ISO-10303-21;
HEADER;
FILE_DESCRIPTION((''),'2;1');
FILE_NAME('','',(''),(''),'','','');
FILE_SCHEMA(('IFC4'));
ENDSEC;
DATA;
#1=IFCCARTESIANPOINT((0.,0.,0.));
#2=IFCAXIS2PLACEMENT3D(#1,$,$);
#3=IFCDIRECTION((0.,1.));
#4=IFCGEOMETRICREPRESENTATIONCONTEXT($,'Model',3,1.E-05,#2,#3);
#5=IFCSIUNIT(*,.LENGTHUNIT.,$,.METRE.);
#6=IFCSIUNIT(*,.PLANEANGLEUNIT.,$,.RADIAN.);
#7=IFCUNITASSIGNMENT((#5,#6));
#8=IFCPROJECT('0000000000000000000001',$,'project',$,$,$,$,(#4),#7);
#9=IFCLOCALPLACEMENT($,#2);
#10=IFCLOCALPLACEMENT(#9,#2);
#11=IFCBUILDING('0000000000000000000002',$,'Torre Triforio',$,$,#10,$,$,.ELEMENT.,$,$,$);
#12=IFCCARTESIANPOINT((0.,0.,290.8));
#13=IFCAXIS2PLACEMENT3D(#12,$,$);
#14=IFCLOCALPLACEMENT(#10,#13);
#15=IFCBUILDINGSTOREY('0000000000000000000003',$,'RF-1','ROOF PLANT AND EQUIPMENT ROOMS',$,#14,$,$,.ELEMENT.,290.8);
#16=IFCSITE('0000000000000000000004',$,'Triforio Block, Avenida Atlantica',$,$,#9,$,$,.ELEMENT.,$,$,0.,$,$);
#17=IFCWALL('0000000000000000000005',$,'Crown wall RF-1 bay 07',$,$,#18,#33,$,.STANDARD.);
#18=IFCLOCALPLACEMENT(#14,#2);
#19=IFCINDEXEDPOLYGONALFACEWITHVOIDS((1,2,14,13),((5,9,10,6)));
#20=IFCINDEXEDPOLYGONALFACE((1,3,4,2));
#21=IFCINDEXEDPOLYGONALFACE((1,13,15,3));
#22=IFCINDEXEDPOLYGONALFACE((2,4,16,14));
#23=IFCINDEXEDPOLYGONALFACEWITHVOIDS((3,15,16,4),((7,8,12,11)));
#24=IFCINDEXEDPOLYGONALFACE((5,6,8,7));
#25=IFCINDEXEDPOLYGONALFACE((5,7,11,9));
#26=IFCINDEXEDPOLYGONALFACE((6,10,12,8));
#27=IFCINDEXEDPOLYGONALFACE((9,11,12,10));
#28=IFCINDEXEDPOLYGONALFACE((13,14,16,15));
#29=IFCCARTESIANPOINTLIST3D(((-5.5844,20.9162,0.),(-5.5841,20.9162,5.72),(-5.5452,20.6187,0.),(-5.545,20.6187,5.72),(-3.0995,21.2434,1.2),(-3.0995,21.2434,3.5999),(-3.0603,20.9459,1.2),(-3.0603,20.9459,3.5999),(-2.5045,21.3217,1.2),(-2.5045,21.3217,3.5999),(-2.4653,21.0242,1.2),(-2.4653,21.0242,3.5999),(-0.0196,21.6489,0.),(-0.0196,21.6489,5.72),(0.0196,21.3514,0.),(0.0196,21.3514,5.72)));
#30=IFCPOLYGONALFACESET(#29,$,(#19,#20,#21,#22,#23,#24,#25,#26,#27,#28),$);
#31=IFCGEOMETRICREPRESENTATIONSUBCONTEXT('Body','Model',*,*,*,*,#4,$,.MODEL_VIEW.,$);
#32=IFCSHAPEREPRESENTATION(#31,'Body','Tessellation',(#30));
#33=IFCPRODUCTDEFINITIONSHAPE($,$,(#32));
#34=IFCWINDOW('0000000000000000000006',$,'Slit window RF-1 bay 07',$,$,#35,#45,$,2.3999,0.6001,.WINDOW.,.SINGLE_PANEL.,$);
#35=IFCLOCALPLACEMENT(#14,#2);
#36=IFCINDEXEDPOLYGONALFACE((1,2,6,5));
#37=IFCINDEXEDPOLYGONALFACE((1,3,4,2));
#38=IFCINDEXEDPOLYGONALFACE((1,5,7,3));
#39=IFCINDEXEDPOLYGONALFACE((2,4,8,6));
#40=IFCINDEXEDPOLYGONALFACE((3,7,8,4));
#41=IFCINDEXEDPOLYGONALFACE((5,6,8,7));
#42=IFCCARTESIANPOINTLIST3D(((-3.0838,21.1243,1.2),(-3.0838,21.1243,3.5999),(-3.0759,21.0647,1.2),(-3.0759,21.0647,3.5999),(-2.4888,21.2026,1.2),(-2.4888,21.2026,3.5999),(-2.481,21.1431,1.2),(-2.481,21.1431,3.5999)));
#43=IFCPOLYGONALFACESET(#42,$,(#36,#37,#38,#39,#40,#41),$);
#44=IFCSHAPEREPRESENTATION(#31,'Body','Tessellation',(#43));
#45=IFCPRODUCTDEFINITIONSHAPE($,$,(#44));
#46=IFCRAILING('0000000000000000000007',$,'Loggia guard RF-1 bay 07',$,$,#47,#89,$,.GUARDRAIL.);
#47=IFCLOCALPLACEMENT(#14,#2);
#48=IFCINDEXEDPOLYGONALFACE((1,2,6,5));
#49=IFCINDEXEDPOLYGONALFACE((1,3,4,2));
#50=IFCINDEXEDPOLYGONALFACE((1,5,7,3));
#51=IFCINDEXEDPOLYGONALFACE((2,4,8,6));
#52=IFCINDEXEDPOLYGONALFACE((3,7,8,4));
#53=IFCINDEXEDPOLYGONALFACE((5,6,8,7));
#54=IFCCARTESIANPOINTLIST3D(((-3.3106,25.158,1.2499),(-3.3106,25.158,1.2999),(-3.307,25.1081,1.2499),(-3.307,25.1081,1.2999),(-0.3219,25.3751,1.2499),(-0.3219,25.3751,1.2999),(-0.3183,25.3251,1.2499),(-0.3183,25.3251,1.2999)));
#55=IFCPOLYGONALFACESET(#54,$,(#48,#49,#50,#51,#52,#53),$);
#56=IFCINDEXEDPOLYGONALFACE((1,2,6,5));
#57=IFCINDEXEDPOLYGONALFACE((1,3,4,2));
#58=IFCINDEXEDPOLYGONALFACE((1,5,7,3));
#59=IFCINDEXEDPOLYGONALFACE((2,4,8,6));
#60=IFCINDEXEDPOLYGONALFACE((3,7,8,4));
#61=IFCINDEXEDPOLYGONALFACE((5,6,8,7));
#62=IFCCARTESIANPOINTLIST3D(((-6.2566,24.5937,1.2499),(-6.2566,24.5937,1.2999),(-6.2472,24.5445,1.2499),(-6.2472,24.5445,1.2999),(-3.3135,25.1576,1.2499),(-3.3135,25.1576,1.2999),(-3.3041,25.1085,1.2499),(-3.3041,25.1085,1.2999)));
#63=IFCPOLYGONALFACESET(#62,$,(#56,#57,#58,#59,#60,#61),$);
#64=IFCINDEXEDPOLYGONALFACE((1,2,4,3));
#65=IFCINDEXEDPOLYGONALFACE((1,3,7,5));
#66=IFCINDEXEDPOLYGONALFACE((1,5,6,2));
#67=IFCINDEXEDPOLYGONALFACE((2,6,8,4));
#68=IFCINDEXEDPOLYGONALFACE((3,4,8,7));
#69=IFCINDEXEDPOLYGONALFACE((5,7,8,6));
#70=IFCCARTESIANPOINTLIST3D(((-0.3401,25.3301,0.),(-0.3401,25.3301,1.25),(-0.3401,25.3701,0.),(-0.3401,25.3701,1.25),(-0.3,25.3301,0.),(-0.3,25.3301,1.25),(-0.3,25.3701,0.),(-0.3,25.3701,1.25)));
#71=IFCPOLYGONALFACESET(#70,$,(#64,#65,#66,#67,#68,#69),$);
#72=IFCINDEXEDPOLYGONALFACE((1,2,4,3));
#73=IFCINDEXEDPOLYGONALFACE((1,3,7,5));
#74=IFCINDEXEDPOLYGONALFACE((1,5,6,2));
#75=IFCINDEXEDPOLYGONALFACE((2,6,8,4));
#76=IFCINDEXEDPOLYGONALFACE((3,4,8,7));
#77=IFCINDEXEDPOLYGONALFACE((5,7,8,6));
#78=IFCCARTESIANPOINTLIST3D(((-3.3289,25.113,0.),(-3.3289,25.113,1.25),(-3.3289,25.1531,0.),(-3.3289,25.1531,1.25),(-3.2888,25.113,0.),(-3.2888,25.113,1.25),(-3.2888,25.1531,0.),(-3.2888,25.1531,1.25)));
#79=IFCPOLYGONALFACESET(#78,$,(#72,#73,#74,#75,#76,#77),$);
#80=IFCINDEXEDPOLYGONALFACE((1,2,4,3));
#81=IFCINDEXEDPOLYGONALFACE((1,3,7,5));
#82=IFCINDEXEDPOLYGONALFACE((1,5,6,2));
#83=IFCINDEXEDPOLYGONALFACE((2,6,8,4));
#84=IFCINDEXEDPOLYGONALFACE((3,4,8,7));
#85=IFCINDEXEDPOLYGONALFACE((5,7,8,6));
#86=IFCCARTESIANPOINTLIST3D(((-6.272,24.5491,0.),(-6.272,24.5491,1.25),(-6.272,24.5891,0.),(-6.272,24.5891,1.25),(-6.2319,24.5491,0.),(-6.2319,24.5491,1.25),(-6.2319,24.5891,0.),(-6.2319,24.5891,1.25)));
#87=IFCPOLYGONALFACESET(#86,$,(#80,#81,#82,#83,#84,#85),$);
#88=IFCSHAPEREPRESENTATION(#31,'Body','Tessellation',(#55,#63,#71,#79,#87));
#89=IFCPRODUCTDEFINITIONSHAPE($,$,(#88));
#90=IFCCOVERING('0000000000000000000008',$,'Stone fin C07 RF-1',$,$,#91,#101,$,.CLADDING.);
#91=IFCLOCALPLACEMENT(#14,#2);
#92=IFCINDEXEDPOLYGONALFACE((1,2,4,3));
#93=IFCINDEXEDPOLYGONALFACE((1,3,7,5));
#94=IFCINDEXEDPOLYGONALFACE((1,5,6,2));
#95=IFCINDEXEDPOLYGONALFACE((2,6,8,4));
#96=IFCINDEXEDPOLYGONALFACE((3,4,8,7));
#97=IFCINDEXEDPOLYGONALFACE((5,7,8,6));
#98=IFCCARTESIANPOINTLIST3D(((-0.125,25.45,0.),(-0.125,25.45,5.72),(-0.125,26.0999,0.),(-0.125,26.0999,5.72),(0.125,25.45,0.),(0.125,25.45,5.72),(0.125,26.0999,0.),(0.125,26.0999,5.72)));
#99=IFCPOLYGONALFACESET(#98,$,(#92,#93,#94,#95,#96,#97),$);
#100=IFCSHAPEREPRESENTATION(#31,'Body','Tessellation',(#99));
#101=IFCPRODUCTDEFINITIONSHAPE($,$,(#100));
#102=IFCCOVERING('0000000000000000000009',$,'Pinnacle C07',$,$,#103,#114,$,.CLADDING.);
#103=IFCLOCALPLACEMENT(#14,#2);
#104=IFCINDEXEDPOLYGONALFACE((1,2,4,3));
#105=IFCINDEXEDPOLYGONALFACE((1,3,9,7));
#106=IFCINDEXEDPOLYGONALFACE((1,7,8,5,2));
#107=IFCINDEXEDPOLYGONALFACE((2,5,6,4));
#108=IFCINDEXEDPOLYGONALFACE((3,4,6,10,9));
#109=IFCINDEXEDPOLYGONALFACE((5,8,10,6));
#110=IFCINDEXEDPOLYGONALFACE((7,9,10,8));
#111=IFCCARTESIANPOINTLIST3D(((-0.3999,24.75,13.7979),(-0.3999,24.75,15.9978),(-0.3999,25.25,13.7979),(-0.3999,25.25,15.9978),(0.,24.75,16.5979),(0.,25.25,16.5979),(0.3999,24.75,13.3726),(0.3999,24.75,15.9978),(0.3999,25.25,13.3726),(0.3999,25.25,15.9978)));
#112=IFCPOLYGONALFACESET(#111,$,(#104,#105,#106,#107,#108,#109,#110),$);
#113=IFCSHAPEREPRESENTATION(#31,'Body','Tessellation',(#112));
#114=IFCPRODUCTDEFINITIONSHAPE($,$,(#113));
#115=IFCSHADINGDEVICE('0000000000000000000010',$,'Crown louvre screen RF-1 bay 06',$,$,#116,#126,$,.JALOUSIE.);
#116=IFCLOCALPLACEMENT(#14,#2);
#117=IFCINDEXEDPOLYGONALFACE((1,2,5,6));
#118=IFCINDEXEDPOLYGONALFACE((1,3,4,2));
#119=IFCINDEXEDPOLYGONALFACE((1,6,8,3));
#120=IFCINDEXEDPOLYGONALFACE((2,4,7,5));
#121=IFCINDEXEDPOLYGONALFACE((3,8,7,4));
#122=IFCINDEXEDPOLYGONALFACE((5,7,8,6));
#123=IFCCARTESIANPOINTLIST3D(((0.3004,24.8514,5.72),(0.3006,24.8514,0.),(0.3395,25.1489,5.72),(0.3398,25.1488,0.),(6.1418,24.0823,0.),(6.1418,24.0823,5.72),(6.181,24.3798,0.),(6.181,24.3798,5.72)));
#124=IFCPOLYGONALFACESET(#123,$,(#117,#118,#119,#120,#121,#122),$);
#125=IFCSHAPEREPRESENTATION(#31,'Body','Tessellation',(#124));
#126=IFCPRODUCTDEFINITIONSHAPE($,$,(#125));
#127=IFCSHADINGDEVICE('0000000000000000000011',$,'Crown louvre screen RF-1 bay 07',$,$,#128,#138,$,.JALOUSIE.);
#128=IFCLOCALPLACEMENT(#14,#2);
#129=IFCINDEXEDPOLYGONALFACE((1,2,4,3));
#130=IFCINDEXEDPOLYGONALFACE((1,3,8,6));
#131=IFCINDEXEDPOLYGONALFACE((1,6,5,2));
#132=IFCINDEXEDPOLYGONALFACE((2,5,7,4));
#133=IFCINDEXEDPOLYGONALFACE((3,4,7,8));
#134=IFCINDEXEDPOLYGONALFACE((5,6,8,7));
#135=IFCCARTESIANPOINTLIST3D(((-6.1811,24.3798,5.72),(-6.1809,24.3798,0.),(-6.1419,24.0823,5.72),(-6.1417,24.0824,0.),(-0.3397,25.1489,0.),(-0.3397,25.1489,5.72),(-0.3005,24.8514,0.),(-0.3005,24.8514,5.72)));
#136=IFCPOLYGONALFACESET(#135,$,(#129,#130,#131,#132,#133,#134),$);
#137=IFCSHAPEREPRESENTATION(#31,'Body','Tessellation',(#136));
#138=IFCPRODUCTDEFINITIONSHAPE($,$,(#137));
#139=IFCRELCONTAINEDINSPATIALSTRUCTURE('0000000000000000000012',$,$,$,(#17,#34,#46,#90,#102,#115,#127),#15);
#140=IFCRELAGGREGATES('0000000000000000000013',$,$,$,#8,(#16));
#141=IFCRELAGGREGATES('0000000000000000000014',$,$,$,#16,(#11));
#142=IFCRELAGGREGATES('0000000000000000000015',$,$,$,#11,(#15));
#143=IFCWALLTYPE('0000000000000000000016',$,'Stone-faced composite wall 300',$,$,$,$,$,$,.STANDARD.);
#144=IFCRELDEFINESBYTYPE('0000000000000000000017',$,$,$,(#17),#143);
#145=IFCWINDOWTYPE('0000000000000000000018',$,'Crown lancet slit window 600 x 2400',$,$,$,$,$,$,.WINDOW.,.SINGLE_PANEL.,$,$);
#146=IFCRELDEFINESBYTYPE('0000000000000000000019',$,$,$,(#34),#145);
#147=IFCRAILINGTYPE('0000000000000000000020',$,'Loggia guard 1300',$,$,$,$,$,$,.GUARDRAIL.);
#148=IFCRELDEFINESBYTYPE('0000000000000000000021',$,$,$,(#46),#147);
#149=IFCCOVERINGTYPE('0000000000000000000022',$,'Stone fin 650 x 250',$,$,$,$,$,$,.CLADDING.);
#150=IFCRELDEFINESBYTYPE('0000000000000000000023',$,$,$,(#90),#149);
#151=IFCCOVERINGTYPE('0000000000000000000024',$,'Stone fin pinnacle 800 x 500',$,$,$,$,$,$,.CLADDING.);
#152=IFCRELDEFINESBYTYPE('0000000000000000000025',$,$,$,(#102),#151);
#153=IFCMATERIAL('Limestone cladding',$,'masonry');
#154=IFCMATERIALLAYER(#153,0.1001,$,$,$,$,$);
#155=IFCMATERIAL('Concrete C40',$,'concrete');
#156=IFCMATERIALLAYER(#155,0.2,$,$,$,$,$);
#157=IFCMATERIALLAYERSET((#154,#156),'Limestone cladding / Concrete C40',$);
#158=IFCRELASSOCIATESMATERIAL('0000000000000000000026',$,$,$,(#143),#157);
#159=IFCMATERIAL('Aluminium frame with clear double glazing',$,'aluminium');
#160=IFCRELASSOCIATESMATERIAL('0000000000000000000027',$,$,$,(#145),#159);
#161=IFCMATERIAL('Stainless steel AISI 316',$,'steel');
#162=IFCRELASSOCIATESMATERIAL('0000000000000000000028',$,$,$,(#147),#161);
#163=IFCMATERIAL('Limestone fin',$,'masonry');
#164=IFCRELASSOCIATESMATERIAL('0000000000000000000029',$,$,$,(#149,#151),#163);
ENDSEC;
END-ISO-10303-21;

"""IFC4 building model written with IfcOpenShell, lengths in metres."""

from ifc_helpers import new_model, si_unit, direction, frame, frame_2d, origin, origin_2d, place, context, subcontext, project, spatial, polyline, rectangle, outline, extrude, material, layer, layer_set, material_profile, profile_set, type_object, element, fill, save


model = new_model("IFC4")

# Units and contexts
model_context = context("Model", 3, precision=1e-05, world=origin(), true_north=direction((0.0, 1.0)))
body_context = subcontext(model_context, "Body", "Model", "MODEL_VIEW")
ifc_project = project(units=[si_unit("LENGTHUNIT", "METRE"), si_unit("PLANEANGLEUNIT", "RADIAN")], contexts=[model_context])

# Site, building, storey
site_placement = place(None, origin())
site = spatial("IfcSite", under=ifc_project, at=site_placement, Name="Triforio Block, Avenida Atlantica", CompositionType="ELEMENT", RefElevation=0.0)
building_placement = place(site_placement, origin())
building = spatial("IfcBuilding", under=site, at=building_placement, Name="Torre Triforio", CompositionType="ELEMENT")
storey_placement = place(building_placement, frame((0.0, 0.0, 290.8)))
storey = spatial("IfcBuildingStorey", under=building, at=storey_placement, Name="RF-1", Description="ROOF PLANT AND EQUIPMENT ROOMS", CompositionType="ELEMENT", Elevation=290.8)

# Shared definitions
ifc_material_1 = material(Name="Concrete C40", Category="concrete")

# Wall, opening, window
ifc_material_2 = material(Name="Limestone cladding", Category="masonry")
ifc_layer_1 = layer(ifc_material_2, 0.1001)
ifc_layer_2 = layer(ifc_material_1, 0.2)
ifc_layer_set_1 = layer_set([ifc_layer_1, ifc_layer_2], Name="Limestone cladding / Concrete C40")
wall_type_1 = type_object("IfcWallType", Name="Stone-faced composite wall 300", PredefinedType="STANDARD", material=ifc_layer_set_1)
ifc_material_3 = material(Name="Aluminium frame with clear double glazing", Category="aluminium")
window_type = type_object("IfcWindowType", Name="Crown lancet slit window 600 x 2400", PartitioningType="SINGLE_PANEL", PredefinedType="WINDOW", material=ifc_material_3)
wall_1_placement = place(storey_placement, frame((0.0, 21.5, 0.0), z_axis=(0.0, 0.0, 1.0), x_axis=(-0.991443, -0.130537, 0.0)))
wall_1 = element("IfcWall", 1, at=wall_1_placement, inside=storey, type_object=wall_type_1, Name="Crown wall RF-1 bay 07", PredefinedType="STANDARD", context=body_context, shape_type="SweptSolid", body=[
    extrude(outline(polyline([(0.0, 0.0), (5.6128, 0.0), (5.6125, 5.72), (0.0, 5.72), (0.0, 0.0)])), frame((0.0, 0.1499, 0.0), z_axis=(0.0, -1.0, 0.0), x_axis=(1.0, 0.0, 0.0)), (0.0, 0.0, 1.0), 0.3),
])
opening_1_placement = place(wall_1_placement, frame((2.5063, 0.0, 1.2)))
opening_1 = element("IfcOpeningElement", 2, at=opening_1_placement, cuts=wall_1, PredefinedType="OPENING", context=body_context, shape_type="SweptSolid", body=[
    extrude(rectangle(XDim=0.6001, YDim=2.3999, at=frame_2d((0.3, 1.2))), frame((0.0, 0.1599, 0.0), z_axis=(0.0, -1.0, 0.0), x_axis=(1.0, 0.0, 0.0)), (0.0, 0.0, 1.0), 0.3201),
])
window_1_placement = place(opening_1_placement, origin())
window_1 = element("IfcWindow", 3, at=window_1_placement, inside=storey, type_object=window_type, Name="Slit window RF-1 bay 07", OverallHeight=2.3999, OverallWidth=0.6001, PartitioningType="SINGLE_PANEL", PredefinedType="WINDOW", context=body_context, shape_type="SweptSolid", body=[
    extrude(rectangle(XDim=0.6001, YDim=2.3999, at=frame_2d((0.3, 1.2))), frame((0.0, 0.03, 0.0), z_axis=(0.0, -1.0, 0.0), x_axis=(1.0, 0.0, 0.0)), (0.0, 0.0, 1.0), 0.0601),
])
fill(opening_1, window_1)

# Railing
ifc_material_4 = material(Name="Stainless steel AISI 316", Category="steel")
railing_type = type_object("IfcRailingType", Name="Loggia guard 1300", PredefinedType="GUARDRAIL", material=ifc_material_4)
railing_placement = place(storey_placement, frame((-0.3201, 25.3501, 0.0)))
element("IfcRailing", 4, at=railing_placement, inside=storey, type_object=railing_type, Name="Loggia guard RF-1 bay 07", PredefinedType="GUARDRAIL", context=body_context, shape_type="SweptSolid", body=[
    extrude(rectangle(XDim=0.05, YDim=0.05, at=origin_2d()), frame((0.0, 0.0, 1.2749), z_axis=(-0.997374, -0.072428, 0.0), x_axis=(0.072428, -0.997374, 0.0)), (0.0, 0.0, 1.0), 2.9966),
    extrude(rectangle(XDim=0.05, YDim=0.05, at=origin_2d()), frame((-2.9888, -0.217, 1.2749), z_axis=(-0.982131, -0.188198, 0.0), x_axis=(0.188198, -0.982131, 0.0)), (0.0, 0.0, 1.0), 2.9966),
    extrude(rectangle(XDim=0.04, YDim=0.04, at=origin_2d()), origin(), (0.0, 0.0, 1.0), 1.25),
    extrude(rectangle(XDim=0.04, YDim=0.04, at=origin_2d()), frame((-2.9888, -0.217, 0.0)), (0.0, 0.0, 1.0), 1.25),
    extrude(rectangle(XDim=0.04, YDim=0.04, at=origin_2d()), frame((-5.9319, -0.781, 0.0)), (0.0, 0.0, 1.0), 1.25),
])

# Coverings
ifc_material_5 = material(Name="Limestone fin", Category="masonry")
ifc_material_profile_1 = material_profile(ifc_material_5, rectangle(XDim=0.6499, YDim=0.25, at=origin_2d()), Name="FIN 650x250")
ifc_profile_set_1 = profile_set([ifc_material_profile_1], Name="Limestone fin")
covering_type_1 = type_object("IfcCoveringType", Name="Stone fin 650 x 250", PredefinedType="CLADDING", material=ifc_profile_set_1)
covering_1_placement = place(storey_placement, frame((0.0, 25.7749, 0.0), z_axis=(0.0, 0.0, 1.0), x_axis=(0.0, 1.0, 0.0)))
element("IfcCovering", 5, at=covering_1_placement, inside=storey, type_object=covering_type_1, Name="Stone fin C07 RF-1", PredefinedType="CLADDING", context=body_context, shape_type="SweptSolid", body=[
    extrude(rectangle(XDim=0.6499, YDim=0.25, at=origin_2d()), origin(), (0.0, 0.0, 1.0), 5.72),
])
ifc_material_profile_2 = material_profile(ifc_material_5, outline(polyline([(-0.3999, -0.2126), (0.3999, 0.2126), (0.3999, 2.4126), (0.0, 3.0127), (-0.3999, 2.4126), (-0.3999, -0.2126)])), Name="FIN PINNACLE 800x500")
ifc_profile_set_2 = profile_set([ifc_material_profile_2], Name="Limestone fin")
covering_type_2 = type_object("IfcCoveringType", Name="Stone fin pinnacle 800 x 500", PredefinedType="CLADDING", material=ifc_profile_set_2)
covering_2_placement = place(storey_placement, frame((0.0, 24.75, 13.5852), z_axis=(0.0, 1.0, 0.0), x_axis=(-1.0, 0.0, 0.0)))
element("IfcCovering", 6, at=covering_2_placement, inside=storey, type_object=covering_type_2, Name="Pinnacle C07", PredefinedType="CLADDING", context=body_context, shape_type="SweptSolid", body=[
    extrude(outline(polyline([(-0.3999, -0.2126), (0.3999, 0.2126), (0.3999, 2.4126), (0.0, 3.0127), (-0.3999, 2.4126), (-0.3999, -0.2126)])), origin(), (0.0, 0.0, 1.0), 0.5),
])

# Shading devices
for number, where, z_axis, x_axis, name in (
    (7, (6.1614, 24.231, 0.0), (0.0, 0.0, 1.0), (-0.991444, 0.13053, 0.0), "Crown louvre screen RF-1 bay 06"),
    (8, (-0.3201, 25.0, 0.0), (0.0, 0.0, 1.0), (-0.991444, -0.13053, 0.0), "Crown louvre screen RF-1 bay 07"),
):
    element("IfcShadingDevice", number, at=place(storey_placement, frame(where, z_axis=z_axis, x_axis=x_axis)), inside=storey, Name=name, PredefinedType="JALOUSIE", context=body_context, shape_type="SweptSolid", body=[
        extrude(outline(polyline([(0.0, 0.0), (5.8916, 0.0), (5.8918, 5.72), (0.0, 5.72), (0.0, 0.0)])), frame((0.0, 0.1499, 0.0), z_axis=(0.0, -1.0, 0.0), x_axis=(1.0, 0.0, 0.0)), (0.0, 0.0, 1.0), 0.3),
    ])

save(model, "model.ifc")
